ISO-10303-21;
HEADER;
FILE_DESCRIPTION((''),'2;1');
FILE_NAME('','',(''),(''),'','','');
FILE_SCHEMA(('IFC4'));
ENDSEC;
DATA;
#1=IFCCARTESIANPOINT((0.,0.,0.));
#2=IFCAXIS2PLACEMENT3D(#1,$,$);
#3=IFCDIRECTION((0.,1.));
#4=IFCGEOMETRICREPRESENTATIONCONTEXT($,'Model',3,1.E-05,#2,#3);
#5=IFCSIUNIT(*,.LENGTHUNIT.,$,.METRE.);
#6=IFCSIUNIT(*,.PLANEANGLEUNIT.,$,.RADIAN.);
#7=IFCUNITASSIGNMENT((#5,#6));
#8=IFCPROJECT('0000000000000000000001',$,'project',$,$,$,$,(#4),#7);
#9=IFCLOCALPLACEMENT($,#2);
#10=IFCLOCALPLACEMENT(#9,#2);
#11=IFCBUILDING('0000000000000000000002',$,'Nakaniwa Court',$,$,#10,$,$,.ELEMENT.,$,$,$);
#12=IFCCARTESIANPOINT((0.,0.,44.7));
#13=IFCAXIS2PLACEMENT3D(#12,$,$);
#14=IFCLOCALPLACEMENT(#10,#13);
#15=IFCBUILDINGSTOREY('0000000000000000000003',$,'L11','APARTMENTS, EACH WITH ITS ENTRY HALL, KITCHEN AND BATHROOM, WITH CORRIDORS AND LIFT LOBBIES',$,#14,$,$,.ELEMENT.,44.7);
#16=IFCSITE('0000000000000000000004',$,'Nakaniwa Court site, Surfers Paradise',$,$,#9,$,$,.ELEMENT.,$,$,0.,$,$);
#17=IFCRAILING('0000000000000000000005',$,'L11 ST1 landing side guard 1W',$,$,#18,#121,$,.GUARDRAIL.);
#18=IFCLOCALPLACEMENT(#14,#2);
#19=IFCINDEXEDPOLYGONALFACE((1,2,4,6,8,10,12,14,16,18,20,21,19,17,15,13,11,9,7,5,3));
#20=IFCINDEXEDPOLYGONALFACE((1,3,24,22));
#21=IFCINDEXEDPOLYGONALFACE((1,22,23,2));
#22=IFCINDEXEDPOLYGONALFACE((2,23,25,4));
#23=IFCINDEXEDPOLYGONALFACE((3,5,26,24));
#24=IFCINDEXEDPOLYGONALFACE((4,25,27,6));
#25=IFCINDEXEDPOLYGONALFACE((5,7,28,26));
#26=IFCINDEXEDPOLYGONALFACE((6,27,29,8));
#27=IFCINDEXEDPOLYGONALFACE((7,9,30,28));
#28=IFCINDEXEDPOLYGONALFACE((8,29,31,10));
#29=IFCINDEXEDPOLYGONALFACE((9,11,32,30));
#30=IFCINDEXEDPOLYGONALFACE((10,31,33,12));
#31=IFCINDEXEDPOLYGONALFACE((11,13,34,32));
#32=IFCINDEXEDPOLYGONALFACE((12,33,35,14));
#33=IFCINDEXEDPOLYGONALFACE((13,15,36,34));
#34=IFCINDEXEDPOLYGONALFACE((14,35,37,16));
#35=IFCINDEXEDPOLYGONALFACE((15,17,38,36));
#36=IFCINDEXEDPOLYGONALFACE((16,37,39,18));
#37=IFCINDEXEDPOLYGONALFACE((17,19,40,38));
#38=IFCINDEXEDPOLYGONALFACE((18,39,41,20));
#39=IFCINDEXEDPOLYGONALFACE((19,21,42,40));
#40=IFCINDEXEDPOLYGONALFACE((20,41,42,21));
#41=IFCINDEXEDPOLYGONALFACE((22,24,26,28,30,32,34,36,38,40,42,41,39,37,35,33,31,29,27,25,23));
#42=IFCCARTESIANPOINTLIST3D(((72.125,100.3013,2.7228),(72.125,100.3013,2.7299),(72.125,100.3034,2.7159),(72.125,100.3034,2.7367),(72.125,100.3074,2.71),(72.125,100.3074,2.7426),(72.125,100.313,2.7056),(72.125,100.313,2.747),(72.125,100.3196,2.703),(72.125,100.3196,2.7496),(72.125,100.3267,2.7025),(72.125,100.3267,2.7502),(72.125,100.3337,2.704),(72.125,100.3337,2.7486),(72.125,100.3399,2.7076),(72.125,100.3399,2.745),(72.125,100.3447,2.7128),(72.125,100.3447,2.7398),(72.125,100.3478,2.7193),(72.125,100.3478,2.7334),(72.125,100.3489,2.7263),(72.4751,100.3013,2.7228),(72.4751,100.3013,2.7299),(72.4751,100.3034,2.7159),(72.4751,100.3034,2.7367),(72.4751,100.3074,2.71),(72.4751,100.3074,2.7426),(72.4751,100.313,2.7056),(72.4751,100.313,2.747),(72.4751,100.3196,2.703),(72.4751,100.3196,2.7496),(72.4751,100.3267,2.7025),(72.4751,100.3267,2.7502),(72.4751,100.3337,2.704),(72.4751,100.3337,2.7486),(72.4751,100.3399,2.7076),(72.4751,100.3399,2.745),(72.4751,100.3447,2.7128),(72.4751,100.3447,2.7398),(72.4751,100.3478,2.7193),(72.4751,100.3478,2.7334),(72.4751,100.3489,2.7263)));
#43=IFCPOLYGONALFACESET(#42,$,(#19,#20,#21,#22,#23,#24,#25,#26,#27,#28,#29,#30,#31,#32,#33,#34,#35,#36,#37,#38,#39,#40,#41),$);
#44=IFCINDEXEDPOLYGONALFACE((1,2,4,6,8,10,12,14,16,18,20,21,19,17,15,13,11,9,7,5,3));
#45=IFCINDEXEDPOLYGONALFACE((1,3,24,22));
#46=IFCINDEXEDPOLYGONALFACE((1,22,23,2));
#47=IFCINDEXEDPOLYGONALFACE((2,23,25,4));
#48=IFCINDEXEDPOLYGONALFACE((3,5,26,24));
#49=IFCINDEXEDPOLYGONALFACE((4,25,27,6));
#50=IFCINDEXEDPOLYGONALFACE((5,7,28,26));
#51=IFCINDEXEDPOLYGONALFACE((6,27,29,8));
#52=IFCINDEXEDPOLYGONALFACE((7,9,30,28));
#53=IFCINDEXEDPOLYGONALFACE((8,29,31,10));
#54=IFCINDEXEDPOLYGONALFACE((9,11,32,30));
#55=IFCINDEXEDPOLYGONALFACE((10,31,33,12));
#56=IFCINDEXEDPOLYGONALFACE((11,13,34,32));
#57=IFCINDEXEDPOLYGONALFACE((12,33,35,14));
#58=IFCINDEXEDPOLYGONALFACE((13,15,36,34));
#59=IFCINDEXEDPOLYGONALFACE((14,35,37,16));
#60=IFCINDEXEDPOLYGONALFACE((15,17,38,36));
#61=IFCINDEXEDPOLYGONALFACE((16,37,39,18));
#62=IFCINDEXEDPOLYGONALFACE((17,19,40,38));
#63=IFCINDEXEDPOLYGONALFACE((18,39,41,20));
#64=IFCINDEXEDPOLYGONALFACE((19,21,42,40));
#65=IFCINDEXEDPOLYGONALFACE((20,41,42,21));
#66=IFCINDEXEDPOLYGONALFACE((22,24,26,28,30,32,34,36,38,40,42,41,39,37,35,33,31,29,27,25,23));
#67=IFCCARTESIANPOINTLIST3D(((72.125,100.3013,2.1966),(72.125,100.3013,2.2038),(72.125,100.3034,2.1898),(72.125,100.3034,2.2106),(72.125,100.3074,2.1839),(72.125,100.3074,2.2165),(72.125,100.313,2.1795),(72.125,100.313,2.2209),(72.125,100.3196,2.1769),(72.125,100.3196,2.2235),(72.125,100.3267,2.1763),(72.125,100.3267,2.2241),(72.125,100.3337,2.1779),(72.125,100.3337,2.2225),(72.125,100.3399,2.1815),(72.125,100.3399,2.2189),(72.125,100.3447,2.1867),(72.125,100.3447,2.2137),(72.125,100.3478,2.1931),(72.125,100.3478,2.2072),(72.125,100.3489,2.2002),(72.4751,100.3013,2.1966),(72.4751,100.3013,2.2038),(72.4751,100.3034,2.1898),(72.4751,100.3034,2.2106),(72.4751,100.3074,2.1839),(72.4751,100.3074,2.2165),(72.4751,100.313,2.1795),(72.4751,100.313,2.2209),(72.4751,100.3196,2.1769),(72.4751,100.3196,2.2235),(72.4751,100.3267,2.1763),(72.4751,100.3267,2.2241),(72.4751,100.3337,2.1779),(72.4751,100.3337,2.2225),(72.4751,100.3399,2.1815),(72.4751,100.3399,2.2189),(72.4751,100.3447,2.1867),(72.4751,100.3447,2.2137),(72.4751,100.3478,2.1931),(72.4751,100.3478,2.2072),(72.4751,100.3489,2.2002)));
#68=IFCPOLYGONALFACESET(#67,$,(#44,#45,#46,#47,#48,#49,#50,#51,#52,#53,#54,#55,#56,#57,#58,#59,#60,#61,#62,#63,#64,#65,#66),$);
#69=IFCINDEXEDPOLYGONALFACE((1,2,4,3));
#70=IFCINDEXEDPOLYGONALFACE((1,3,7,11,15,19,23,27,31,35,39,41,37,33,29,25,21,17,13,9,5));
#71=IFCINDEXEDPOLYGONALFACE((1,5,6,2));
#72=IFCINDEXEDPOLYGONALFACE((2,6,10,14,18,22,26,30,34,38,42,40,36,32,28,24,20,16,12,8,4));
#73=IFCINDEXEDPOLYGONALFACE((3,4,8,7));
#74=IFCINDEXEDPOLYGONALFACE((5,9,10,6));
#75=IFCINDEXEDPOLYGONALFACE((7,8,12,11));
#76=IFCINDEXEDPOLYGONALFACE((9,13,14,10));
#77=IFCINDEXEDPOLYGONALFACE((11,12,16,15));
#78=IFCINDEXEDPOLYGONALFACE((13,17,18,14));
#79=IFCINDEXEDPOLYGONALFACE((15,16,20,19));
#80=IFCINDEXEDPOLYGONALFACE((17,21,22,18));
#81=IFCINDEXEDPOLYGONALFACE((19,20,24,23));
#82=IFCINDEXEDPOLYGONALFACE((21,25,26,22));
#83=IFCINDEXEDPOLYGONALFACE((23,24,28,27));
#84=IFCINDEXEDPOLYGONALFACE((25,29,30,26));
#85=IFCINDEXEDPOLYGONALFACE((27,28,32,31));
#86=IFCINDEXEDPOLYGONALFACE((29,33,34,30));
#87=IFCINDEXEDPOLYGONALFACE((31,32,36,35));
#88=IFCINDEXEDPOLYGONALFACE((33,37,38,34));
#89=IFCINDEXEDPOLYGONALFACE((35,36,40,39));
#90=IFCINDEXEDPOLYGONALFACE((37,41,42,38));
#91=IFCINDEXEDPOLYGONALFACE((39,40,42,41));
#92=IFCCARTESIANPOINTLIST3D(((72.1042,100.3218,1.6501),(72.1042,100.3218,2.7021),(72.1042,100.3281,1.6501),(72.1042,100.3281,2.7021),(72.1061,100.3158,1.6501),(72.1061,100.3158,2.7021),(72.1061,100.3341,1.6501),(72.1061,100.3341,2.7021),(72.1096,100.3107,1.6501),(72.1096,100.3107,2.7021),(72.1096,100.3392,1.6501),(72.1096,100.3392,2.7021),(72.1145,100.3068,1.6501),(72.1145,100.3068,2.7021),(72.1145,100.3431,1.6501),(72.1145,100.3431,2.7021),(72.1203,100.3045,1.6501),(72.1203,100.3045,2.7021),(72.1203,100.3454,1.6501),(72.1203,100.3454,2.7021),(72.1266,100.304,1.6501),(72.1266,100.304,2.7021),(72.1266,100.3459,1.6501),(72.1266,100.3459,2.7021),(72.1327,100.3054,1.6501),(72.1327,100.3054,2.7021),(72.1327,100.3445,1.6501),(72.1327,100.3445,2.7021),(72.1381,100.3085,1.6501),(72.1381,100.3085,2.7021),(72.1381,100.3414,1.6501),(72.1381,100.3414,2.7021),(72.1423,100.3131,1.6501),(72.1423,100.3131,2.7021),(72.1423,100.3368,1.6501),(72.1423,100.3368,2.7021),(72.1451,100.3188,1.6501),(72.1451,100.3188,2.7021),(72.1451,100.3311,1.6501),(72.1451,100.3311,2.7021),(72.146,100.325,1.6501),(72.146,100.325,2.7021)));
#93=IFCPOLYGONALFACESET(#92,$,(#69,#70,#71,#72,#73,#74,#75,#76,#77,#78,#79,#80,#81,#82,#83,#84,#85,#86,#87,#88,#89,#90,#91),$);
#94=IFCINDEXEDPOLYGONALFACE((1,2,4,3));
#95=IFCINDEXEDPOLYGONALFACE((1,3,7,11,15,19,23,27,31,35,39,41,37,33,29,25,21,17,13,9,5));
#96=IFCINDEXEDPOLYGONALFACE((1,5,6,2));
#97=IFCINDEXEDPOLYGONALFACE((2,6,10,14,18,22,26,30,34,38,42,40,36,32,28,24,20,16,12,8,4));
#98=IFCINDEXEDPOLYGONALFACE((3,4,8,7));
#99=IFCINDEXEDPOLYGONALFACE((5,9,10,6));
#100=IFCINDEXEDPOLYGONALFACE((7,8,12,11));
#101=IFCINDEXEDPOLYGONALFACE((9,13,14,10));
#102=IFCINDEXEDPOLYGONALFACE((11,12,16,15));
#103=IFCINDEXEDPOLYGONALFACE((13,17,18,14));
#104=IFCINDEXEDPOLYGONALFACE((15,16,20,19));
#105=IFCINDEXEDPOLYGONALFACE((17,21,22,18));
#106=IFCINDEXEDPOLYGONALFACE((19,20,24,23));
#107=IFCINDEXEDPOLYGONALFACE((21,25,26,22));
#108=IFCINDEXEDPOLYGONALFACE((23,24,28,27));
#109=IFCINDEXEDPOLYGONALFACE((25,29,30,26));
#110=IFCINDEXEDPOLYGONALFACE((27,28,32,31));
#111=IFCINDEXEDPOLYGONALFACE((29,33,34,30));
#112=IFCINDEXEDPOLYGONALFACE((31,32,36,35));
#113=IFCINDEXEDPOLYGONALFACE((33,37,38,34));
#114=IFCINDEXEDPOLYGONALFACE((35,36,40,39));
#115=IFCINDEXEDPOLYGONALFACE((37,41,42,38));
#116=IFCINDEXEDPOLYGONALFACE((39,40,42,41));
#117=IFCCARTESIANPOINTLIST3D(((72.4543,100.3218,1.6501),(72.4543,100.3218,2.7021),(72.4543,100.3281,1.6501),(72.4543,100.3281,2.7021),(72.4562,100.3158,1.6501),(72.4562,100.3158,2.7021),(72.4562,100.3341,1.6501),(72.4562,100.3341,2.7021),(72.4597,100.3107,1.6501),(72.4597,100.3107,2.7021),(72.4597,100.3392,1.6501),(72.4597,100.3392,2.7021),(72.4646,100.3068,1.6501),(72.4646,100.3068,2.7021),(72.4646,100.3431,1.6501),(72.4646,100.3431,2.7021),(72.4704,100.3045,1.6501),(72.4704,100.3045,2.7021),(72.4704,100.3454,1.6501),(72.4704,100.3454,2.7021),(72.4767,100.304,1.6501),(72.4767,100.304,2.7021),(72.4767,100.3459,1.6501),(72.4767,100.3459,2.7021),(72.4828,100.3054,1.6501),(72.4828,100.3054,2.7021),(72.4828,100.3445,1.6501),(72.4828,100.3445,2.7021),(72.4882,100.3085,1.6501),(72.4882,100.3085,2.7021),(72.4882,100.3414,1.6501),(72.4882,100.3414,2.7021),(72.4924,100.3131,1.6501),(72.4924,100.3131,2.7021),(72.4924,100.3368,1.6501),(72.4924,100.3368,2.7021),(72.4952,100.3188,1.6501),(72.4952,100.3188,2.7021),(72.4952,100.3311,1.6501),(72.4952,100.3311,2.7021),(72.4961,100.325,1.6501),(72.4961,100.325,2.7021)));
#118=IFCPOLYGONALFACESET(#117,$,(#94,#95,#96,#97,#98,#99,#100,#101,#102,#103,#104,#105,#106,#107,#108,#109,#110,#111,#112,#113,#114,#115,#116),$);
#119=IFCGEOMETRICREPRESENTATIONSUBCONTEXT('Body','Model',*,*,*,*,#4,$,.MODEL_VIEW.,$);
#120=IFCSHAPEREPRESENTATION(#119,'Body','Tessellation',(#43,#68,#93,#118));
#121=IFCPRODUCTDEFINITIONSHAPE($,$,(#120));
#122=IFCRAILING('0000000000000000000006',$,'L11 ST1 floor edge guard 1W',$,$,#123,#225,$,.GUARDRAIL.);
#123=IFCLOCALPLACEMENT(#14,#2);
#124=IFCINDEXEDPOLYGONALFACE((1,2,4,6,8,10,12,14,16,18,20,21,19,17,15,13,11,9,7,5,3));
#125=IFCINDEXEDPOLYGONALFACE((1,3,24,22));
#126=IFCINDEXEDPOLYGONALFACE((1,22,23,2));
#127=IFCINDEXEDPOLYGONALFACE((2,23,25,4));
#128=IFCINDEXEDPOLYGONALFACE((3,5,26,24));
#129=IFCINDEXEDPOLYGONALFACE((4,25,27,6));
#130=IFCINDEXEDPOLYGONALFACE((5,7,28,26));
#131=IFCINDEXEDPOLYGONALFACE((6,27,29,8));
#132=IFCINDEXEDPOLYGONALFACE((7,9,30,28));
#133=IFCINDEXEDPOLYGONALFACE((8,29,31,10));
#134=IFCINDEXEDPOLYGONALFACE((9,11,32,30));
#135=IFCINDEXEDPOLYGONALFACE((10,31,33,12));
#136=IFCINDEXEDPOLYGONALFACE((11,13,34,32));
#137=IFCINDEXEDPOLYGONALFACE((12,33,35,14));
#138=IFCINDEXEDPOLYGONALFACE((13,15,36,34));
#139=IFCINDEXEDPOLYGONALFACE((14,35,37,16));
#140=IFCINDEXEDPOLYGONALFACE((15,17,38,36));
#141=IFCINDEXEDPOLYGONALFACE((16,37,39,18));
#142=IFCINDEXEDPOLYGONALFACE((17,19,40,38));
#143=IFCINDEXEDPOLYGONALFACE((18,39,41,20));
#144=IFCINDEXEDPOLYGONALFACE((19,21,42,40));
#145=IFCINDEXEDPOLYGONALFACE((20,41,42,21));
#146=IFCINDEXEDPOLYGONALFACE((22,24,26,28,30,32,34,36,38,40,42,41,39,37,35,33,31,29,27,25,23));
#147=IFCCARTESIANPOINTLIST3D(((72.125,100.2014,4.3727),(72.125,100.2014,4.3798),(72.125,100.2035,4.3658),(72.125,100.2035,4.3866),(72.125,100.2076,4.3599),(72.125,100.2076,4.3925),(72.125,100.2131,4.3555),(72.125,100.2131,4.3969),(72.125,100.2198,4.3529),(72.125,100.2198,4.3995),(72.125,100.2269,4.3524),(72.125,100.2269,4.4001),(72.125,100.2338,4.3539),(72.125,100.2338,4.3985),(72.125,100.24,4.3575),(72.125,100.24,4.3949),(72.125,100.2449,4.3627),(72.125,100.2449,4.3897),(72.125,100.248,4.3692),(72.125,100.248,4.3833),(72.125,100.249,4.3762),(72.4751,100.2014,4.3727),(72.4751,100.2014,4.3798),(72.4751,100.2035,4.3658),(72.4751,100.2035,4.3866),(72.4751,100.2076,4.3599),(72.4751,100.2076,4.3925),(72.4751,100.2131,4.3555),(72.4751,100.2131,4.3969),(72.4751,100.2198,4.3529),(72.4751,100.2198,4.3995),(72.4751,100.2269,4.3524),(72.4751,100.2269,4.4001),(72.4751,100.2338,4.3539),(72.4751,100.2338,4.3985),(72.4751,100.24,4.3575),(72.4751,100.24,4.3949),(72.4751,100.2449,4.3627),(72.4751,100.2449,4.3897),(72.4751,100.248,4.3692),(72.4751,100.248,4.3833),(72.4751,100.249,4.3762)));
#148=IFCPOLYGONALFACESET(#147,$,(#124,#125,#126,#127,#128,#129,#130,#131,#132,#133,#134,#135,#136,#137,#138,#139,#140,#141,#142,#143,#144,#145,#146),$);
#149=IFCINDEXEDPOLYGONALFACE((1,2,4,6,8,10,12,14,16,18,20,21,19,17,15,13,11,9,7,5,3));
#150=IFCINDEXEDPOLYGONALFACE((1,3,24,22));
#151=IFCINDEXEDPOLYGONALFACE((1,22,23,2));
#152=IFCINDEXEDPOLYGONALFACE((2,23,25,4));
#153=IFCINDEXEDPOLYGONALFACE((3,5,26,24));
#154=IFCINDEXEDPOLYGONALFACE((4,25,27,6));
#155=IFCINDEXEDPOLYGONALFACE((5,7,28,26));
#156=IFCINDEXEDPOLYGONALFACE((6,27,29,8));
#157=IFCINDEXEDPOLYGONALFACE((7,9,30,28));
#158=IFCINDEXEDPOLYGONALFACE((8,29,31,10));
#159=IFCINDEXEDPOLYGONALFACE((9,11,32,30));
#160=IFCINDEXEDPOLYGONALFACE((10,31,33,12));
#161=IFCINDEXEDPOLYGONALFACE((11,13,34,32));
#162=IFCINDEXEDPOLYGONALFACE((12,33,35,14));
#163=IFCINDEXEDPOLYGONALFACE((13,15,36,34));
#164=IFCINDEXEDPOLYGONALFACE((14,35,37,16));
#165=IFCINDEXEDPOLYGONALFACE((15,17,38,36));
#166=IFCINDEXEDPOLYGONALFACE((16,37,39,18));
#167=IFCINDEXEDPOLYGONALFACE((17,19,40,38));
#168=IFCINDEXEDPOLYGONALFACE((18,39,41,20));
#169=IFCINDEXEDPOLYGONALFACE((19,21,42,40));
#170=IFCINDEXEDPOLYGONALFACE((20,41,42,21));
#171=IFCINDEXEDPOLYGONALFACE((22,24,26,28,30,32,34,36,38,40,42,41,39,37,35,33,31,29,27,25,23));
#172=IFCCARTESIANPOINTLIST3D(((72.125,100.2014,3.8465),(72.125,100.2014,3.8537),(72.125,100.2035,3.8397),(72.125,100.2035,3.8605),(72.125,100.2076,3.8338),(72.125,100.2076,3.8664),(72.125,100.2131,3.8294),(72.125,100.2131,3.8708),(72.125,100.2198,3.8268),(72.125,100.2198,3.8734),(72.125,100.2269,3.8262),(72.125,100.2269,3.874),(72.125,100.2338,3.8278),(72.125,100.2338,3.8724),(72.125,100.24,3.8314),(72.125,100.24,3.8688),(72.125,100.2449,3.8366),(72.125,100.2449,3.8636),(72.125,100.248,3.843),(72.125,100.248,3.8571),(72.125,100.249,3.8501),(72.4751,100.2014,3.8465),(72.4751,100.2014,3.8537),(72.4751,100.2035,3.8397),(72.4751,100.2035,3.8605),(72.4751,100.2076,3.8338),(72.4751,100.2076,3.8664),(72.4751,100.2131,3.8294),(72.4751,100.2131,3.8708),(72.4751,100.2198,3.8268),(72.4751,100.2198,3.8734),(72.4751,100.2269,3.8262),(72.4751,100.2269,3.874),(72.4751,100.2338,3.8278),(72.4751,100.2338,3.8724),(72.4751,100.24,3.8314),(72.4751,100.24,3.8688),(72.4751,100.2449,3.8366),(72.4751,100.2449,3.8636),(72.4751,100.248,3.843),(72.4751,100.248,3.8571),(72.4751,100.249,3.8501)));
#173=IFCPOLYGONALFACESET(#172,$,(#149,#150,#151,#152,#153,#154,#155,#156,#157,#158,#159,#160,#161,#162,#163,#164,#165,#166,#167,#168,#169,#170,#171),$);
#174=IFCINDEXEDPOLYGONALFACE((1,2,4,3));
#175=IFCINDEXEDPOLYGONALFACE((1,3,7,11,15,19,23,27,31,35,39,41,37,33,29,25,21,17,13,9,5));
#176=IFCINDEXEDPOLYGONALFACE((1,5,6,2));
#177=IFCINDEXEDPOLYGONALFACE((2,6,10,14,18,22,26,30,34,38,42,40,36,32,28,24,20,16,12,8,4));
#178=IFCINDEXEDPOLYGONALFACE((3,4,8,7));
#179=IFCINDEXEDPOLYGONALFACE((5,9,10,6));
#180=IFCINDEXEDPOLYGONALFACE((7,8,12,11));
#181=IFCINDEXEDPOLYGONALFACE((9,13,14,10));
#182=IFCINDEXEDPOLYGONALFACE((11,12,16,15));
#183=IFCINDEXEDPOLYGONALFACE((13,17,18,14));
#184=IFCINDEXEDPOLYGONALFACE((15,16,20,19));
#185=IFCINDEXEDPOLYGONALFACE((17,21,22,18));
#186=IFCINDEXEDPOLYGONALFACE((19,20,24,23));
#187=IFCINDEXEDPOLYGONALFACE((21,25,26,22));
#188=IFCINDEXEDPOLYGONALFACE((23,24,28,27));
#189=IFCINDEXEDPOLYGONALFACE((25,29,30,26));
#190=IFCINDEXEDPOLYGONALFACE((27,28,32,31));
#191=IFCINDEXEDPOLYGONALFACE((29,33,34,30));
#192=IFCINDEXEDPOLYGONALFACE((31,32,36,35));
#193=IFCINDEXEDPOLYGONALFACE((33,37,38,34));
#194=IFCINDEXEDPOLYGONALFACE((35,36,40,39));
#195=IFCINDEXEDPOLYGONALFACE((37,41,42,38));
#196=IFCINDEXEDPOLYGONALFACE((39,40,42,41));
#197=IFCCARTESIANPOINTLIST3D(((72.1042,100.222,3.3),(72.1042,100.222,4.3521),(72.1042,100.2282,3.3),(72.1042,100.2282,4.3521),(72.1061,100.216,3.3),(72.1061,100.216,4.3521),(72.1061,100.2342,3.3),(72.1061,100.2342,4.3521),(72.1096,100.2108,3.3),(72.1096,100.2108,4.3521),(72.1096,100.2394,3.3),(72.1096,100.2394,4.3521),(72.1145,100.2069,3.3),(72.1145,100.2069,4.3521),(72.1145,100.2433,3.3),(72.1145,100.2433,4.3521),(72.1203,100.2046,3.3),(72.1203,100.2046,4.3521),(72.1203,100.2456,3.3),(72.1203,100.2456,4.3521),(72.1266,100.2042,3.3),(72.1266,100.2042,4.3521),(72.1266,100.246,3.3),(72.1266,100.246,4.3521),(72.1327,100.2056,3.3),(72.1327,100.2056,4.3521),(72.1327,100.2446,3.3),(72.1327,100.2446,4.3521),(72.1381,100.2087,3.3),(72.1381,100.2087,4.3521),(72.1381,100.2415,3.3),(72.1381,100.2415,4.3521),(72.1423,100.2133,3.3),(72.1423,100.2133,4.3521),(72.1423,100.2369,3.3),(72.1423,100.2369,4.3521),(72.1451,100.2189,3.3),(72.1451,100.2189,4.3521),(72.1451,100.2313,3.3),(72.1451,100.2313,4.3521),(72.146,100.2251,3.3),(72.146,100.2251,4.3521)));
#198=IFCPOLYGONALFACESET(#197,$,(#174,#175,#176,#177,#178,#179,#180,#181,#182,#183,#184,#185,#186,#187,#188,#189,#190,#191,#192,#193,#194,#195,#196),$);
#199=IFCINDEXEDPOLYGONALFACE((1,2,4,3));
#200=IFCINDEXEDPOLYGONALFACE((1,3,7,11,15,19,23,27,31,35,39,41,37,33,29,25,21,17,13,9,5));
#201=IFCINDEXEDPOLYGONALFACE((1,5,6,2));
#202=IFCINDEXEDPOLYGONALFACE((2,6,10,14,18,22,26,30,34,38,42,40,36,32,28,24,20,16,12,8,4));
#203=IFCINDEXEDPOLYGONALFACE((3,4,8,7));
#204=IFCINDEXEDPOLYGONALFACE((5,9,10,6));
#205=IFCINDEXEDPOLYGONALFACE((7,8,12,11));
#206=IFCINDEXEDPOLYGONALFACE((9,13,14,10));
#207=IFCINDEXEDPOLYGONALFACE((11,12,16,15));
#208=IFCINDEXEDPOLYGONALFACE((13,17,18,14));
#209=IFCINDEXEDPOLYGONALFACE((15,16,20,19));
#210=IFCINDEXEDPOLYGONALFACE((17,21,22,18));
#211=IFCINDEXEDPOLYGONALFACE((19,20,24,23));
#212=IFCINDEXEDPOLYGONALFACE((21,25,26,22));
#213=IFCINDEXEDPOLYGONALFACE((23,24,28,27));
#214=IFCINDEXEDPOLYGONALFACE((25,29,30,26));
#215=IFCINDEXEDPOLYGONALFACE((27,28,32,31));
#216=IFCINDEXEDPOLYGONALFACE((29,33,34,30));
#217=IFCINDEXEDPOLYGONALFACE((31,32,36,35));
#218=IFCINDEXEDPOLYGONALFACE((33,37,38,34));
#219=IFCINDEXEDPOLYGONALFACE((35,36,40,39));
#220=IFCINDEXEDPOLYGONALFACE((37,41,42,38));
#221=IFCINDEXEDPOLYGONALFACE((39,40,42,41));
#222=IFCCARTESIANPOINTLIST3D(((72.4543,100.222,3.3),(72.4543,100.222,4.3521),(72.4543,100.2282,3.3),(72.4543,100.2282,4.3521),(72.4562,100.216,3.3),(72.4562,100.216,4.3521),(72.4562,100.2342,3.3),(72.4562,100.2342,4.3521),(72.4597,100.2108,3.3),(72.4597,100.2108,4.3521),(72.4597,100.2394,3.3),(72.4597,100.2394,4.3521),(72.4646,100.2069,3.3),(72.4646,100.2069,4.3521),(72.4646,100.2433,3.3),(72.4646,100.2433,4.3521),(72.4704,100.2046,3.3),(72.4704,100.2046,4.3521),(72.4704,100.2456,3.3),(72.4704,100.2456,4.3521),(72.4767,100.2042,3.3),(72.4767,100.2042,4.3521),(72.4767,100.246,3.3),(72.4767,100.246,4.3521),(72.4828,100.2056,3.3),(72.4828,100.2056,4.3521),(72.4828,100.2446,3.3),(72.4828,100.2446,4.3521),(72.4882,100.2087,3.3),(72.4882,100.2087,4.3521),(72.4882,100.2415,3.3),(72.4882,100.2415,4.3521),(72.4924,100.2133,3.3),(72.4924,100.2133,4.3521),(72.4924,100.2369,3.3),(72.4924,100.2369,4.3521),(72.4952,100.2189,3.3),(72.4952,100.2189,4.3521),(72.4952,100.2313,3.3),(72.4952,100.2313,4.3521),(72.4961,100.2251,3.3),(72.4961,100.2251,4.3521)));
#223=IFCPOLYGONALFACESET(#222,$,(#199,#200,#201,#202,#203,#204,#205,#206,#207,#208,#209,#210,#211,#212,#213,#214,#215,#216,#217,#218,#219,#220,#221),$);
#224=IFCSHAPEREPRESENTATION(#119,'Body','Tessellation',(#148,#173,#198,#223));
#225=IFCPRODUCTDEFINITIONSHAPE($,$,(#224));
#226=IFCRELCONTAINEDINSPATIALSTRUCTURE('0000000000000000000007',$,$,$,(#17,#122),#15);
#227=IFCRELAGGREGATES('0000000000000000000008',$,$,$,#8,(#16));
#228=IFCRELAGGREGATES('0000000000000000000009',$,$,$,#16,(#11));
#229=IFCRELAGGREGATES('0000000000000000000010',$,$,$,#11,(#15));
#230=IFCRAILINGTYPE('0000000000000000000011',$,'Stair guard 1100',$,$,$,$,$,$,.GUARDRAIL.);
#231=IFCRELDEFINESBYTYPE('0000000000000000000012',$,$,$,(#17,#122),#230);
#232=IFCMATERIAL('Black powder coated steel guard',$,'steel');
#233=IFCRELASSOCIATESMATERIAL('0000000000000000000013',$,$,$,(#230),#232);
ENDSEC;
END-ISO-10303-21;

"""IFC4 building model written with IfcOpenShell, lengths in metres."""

from ifc_helpers import new_model, si_unit, direction, frame, origin, origin_2d, place, context, subcontext, project, spatial, circle, extrude, material, type_object, element, save


model = new_model("IFC4")

# Units and contexts
model_context = context("Model", 3, precision=1e-05, world=origin(), true_north=direction((0.0, 1.0)))
body_context = subcontext(model_context, "Body", "Model", "MODEL_VIEW")
ifc_project = project(units=[si_unit("LENGTHUNIT", "METRE"), si_unit("PLANEANGLEUNIT", "RADIAN")], contexts=[model_context])

# Site, building, storey
site_placement = place(None, origin())
site = spatial("IfcSite", under=ifc_project, at=site_placement, Name="Nakaniwa Court site, Surfers Paradise", CompositionType="ELEMENT", RefElevation=0.0)
building_placement = place(site_placement, origin())
building = spatial("IfcBuilding", under=site, at=building_placement, Name="Nakaniwa Court", CompositionType="ELEMENT")
storey_placement = place(building_placement, frame((0.0, 0.0, 44.7)))
storey = spatial("IfcBuildingStorey", under=building, at=storey_placement, Name="L11", Description="APARTMENTS, EACH WITH ITS ENTRY HALL, KITCHEN AND BATHROOM, WITH CORRIDORS AND LIFT LOBBIES", CompositionType="ELEMENT", Elevation=44.7)

# Railings
ifc_material_1 = material(Name="Black powder coated steel guard", Category="steel")
railing_type_1 = type_object("IfcRailingType", Name="Stair guard 1100", PredefinedType="GUARDRAIL", material=ifc_material_1)
for number, where, name in (
    (1, (72.125, 100.325, 1.6501), "L11 ST1 landing side guard 1W"),
    (2, (72.125, 100.2251, 3.3), "L11 ST1 floor edge guard 1W"),
):
    element("IfcRailing", number, at=place(storey_placement, frame(where)), inside=storey, type_object=railing_type_1, Name=name, PredefinedType="GUARDRAIL", context=body_context, shape_type="SweptSolid", body=[
        extrude(circle(Radius=0.0239, at=origin_2d()), frame((0.0, 0.0, 1.0762), z_axis=(1.0, 0.0, 0.0), x_axis=(0.0, 1.0, 0.0)), (0.0, 0.0, 1.0), 0.3501),
        extrude(circle(Radius=0.0239, at=origin_2d()), frame((0.0, 0.0, 0.55), z_axis=(1.0, 0.0, 0.0), x_axis=(0.0, 1.0, 0.0)), (0.0, 0.0, 1.0), 0.3501),
        extrude(circle(Radius=0.021, at=origin_2d()), origin(), (0.0, 0.0, 1.0), 1.052),
        extrude(circle(Radius=0.021, at=origin_2d()), frame((0.3501, 0.0, 0.0)), (0.0, 0.0, 1.0), 1.052),
    ])

save(model, "model.ifc")
